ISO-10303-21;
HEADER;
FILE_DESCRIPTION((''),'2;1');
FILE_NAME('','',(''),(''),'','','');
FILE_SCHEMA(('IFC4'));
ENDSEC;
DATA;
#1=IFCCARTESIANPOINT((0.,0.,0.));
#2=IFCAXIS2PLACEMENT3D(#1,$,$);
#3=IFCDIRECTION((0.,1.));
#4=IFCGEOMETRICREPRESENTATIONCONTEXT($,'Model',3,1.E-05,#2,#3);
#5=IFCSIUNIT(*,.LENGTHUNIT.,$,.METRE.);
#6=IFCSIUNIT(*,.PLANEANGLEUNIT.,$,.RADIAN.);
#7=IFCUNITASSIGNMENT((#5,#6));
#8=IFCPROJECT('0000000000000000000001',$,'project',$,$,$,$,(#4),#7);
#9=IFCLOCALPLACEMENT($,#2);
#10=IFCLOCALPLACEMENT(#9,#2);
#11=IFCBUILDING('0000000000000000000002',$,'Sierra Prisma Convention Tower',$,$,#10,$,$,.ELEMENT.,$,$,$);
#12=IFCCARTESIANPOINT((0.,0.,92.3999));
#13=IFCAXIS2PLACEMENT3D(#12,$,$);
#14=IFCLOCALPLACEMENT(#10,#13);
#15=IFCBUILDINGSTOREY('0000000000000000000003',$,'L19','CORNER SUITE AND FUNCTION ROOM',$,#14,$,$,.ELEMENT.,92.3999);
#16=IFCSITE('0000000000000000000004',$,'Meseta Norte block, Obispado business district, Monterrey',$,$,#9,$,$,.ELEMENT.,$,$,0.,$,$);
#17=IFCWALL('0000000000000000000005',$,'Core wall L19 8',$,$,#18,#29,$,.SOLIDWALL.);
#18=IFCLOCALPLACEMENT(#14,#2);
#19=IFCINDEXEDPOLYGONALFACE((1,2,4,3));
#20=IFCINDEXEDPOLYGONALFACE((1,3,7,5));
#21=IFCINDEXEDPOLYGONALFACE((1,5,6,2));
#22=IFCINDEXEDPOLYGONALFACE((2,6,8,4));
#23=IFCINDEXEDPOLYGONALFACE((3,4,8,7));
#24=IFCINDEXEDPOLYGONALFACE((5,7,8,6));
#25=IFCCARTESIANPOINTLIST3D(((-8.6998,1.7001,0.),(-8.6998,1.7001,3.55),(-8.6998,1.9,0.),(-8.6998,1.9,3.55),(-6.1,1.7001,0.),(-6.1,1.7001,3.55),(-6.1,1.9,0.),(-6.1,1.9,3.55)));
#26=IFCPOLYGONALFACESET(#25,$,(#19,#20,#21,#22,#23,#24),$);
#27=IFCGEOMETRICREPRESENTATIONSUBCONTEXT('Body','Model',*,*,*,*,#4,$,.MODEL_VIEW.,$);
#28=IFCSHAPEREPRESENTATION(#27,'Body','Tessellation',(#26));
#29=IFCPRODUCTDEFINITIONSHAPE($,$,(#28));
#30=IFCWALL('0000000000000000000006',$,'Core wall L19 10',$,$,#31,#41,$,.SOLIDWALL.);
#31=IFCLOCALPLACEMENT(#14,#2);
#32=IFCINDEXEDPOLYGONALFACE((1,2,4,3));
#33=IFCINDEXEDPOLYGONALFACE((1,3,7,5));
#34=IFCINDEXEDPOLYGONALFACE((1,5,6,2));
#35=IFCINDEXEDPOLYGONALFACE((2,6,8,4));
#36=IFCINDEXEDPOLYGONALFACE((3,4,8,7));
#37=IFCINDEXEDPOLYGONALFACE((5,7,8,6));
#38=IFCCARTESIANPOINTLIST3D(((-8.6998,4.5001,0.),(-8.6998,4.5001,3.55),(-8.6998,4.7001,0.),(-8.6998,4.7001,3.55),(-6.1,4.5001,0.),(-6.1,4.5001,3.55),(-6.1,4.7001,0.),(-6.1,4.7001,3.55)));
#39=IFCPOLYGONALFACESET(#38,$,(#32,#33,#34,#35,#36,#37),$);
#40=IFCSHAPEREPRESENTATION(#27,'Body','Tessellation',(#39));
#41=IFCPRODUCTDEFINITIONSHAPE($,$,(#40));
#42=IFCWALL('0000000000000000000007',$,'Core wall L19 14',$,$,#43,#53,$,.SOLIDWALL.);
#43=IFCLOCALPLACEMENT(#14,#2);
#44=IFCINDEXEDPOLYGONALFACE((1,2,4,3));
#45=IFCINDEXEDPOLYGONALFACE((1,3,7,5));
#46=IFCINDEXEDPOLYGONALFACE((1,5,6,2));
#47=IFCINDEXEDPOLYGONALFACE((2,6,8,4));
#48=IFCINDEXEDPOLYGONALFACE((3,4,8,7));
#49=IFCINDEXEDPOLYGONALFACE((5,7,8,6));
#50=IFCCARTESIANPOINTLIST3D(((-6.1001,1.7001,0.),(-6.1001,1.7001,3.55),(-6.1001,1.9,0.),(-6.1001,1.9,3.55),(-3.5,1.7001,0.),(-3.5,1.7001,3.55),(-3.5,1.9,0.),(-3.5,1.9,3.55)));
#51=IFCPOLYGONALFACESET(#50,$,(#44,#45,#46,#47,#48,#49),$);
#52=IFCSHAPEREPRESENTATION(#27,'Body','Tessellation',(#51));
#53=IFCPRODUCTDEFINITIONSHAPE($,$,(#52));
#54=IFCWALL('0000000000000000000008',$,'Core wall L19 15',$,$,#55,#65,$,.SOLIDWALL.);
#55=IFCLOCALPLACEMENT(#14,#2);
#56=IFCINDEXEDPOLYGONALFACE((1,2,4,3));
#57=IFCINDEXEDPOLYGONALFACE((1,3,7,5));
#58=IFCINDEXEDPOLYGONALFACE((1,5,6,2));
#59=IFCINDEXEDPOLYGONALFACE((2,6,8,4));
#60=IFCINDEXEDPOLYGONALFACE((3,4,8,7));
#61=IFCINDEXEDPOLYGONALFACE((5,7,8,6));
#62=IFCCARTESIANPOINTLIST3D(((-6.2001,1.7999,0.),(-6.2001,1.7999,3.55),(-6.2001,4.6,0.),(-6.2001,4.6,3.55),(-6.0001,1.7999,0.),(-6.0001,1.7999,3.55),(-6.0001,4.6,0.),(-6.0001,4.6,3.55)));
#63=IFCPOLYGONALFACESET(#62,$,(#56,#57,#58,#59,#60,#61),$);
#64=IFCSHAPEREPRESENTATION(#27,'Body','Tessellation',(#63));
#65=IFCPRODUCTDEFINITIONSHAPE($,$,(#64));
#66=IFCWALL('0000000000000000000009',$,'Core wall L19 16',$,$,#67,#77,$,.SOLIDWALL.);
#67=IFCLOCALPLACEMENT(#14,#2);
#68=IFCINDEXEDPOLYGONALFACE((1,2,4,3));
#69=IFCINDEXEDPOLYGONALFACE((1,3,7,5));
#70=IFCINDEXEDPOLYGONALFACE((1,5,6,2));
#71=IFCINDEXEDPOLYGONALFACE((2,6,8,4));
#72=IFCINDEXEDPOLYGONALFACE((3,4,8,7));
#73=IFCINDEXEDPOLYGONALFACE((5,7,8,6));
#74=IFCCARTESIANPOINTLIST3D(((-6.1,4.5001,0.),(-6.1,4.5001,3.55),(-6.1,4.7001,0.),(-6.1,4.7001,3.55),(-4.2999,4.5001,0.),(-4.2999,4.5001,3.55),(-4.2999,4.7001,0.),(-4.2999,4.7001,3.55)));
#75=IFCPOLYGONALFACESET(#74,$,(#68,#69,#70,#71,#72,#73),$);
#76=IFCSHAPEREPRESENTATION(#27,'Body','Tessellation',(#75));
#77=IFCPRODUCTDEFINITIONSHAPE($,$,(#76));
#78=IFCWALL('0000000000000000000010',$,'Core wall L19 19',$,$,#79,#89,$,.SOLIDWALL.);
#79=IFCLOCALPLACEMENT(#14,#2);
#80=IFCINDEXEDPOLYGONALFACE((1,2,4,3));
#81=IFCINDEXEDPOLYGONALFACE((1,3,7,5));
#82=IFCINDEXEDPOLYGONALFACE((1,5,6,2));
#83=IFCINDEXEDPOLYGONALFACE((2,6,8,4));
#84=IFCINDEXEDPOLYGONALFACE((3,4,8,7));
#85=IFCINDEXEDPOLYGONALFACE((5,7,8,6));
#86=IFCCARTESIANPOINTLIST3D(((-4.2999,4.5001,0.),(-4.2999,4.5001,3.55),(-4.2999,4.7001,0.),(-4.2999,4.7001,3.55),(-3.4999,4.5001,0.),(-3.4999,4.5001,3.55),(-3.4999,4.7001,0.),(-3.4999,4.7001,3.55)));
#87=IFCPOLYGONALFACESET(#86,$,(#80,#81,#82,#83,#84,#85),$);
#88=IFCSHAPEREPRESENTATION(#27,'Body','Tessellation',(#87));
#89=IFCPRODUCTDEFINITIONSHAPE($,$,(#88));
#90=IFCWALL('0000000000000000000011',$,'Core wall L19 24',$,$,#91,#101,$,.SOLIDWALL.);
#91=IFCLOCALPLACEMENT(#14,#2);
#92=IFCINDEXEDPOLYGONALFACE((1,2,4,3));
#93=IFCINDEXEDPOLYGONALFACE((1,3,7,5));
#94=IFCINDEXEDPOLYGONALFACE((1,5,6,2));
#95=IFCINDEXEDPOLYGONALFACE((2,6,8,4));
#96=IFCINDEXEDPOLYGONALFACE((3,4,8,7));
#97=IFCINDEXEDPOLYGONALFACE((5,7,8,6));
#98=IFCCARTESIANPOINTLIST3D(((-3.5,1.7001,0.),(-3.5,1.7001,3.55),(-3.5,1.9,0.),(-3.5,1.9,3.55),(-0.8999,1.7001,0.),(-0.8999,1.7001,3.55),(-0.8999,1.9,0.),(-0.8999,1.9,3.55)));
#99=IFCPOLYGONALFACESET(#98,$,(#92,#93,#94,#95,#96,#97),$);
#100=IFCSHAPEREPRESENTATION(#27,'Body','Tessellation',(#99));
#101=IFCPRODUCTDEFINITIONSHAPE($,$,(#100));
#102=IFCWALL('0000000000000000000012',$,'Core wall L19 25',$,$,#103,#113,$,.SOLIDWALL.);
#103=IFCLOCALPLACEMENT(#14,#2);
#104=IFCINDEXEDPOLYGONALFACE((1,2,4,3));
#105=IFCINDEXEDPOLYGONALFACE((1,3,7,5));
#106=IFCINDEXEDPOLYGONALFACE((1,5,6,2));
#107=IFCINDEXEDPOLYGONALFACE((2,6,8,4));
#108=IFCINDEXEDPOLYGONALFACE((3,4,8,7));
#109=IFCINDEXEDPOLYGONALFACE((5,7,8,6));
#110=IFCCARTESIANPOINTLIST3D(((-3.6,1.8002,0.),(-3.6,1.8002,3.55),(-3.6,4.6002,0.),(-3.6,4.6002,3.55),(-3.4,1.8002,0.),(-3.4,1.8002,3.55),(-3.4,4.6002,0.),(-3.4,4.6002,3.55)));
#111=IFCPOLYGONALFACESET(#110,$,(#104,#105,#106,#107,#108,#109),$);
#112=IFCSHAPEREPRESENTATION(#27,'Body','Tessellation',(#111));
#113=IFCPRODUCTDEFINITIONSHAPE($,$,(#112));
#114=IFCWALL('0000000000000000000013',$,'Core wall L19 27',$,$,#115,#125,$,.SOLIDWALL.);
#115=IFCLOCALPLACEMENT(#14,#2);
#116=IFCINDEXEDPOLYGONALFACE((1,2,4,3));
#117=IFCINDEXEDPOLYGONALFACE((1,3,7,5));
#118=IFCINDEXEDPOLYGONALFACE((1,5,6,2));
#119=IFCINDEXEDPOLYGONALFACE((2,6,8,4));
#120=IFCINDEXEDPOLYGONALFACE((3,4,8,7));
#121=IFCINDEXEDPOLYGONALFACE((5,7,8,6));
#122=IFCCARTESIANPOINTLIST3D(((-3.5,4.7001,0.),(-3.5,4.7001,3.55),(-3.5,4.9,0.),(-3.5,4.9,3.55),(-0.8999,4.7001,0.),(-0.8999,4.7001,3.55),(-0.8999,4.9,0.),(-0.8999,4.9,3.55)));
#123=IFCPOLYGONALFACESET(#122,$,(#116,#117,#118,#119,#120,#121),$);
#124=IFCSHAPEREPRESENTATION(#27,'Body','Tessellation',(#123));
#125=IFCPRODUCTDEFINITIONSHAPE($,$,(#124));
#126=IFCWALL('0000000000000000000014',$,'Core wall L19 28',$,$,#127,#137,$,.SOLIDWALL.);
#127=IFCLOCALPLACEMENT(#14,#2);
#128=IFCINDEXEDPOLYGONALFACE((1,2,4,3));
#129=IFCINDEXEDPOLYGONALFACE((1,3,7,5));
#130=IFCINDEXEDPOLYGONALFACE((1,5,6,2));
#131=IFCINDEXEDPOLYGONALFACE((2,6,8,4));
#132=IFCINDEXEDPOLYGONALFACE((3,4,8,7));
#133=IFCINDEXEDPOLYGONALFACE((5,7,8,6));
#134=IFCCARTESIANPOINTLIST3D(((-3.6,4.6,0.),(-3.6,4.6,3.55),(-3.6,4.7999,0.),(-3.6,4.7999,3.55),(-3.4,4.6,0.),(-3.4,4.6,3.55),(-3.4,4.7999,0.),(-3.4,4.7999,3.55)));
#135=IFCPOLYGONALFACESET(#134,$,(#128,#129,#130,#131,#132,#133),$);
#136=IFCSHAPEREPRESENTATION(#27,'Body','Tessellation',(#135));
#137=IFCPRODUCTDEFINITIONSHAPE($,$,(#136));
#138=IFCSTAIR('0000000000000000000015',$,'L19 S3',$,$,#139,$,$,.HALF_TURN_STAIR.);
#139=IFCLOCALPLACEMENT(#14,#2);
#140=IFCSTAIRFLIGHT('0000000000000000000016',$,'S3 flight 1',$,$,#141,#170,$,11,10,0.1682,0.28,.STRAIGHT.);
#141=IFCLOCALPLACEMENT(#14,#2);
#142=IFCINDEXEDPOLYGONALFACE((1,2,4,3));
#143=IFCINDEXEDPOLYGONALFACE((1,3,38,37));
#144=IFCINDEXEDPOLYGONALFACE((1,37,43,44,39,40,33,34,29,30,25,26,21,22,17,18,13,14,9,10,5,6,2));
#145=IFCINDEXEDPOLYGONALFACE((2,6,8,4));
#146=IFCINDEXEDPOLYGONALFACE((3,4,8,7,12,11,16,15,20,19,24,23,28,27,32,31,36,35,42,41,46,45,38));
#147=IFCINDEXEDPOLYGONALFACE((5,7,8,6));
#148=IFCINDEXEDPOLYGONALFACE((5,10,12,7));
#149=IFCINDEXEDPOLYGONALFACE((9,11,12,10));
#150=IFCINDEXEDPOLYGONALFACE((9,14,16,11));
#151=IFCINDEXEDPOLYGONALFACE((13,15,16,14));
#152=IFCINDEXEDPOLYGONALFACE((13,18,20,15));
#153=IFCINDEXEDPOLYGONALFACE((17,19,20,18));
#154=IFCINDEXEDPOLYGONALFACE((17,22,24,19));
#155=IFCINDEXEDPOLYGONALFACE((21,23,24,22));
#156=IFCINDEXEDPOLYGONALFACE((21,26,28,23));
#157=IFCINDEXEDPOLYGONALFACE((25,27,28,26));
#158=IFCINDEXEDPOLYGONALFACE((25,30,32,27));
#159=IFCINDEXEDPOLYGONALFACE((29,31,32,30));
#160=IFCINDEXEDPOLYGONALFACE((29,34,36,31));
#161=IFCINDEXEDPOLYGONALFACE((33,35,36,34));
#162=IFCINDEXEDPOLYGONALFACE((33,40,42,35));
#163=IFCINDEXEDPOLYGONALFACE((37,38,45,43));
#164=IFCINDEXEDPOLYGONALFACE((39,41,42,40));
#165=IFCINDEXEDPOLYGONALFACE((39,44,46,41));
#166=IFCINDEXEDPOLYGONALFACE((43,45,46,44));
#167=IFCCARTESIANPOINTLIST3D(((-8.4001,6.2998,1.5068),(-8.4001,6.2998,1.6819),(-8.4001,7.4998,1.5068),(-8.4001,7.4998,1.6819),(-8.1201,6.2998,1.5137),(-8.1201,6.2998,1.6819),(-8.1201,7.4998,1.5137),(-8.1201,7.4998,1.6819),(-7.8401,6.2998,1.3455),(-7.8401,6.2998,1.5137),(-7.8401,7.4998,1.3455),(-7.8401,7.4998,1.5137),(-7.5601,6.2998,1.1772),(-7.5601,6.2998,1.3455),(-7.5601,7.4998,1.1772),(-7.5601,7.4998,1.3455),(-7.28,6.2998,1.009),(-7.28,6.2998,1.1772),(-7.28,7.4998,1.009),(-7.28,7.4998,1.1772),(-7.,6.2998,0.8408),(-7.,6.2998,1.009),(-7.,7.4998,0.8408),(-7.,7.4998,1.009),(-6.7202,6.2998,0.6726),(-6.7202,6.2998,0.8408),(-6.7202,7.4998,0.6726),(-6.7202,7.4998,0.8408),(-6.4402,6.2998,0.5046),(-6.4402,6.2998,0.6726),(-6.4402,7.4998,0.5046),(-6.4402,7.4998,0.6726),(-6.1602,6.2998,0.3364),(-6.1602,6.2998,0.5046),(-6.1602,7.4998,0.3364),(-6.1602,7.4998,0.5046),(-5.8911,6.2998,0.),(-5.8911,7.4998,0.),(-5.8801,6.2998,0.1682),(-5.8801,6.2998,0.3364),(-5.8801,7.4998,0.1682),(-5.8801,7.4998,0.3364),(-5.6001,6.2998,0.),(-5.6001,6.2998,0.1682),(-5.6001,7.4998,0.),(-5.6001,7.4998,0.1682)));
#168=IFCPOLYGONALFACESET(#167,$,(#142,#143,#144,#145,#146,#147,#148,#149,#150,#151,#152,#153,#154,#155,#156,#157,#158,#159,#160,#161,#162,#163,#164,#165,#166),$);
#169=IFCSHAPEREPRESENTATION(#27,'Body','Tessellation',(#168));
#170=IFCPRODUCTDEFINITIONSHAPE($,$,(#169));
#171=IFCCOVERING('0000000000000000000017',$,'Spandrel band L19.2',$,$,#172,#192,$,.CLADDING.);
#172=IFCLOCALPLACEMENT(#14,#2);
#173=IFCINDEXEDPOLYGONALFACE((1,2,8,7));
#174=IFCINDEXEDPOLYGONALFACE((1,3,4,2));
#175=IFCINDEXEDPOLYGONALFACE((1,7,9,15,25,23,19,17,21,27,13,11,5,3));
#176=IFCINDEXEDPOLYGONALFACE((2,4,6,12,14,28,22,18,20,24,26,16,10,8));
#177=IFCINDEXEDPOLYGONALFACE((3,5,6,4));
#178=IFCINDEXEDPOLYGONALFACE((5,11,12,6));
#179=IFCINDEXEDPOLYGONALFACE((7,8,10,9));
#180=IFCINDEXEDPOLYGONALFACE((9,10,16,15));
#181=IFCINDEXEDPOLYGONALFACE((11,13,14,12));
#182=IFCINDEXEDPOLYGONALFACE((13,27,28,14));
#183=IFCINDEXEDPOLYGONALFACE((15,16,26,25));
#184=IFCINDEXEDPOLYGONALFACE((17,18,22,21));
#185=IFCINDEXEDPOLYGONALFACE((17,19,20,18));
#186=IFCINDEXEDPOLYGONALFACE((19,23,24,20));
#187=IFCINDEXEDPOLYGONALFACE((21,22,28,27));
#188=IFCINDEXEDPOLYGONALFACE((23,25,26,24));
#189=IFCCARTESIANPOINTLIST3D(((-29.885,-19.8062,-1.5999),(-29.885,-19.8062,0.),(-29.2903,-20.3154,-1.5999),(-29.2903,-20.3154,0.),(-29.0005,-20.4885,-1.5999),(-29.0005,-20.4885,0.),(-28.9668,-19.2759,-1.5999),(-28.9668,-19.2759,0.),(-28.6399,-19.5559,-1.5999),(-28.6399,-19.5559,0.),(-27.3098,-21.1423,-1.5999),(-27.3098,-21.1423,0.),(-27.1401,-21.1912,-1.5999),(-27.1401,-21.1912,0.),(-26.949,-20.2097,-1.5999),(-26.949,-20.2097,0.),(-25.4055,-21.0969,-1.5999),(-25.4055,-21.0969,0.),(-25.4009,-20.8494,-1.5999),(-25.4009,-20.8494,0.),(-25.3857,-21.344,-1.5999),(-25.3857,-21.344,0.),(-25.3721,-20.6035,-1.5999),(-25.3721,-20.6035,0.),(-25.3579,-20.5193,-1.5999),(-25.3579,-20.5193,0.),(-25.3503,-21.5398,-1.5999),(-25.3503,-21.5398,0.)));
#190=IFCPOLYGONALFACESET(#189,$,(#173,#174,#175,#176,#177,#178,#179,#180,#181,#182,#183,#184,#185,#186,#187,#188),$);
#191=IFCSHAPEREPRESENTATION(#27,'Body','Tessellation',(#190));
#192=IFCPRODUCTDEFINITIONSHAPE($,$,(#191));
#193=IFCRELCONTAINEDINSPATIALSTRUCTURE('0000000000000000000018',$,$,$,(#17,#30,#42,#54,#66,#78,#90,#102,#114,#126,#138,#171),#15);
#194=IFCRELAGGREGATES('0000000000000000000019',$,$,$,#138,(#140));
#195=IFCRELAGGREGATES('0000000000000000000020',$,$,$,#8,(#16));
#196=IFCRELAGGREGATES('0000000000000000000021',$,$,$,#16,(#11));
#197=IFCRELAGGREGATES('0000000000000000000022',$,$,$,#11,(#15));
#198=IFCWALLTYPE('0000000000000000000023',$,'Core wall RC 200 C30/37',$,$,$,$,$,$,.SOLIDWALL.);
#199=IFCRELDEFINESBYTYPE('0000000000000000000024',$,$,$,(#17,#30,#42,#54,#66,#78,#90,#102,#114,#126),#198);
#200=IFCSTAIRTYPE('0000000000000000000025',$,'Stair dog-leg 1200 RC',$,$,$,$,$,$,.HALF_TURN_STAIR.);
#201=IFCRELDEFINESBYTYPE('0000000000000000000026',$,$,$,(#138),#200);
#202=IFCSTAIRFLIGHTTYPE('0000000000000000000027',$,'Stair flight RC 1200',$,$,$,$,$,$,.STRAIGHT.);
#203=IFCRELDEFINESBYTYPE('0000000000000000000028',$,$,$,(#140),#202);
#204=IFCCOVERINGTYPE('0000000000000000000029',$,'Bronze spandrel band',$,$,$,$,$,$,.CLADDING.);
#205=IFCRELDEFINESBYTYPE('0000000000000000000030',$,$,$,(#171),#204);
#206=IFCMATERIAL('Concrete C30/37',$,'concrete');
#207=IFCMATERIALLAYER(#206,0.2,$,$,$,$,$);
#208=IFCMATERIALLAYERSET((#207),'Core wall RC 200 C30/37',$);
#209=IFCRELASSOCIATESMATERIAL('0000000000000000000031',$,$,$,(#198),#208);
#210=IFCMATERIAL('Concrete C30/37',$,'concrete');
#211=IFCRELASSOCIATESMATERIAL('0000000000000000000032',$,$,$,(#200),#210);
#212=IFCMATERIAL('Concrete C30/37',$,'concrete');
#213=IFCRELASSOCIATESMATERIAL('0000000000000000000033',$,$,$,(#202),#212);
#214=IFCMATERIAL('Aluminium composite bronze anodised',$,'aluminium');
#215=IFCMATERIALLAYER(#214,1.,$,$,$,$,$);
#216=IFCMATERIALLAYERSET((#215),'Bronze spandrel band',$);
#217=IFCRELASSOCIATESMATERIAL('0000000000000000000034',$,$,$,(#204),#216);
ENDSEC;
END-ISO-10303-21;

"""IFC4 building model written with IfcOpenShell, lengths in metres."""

from ifc_helpers import new_model, si_unit, direction, frame, frame_2d, origin, place, context, subcontext, project, spatial, polyline, rectangle, outline, extrude, material, layer, layer_set, type_object, element, aggregate, save


model = new_model("IFC4")

# Units and contexts
model_context = context("Model", 3, precision=1e-05, world=origin(), true_north=direction((0.0, 1.0)))
body_context = subcontext(model_context, "Body", "Model", "MODEL_VIEW")
ifc_project = project(units=[si_unit("LENGTHUNIT", "METRE"), si_unit("PLANEANGLEUNIT", "RADIAN")], contexts=[model_context])

# Site, building, storey
site_placement = place(None, origin())
site = spatial("IfcSite", under=ifc_project, at=site_placement, Name="Meseta Norte block, Obispado business district, Monterrey", CompositionType="ELEMENT", RefElevation=0.0)
building_placement = place(site_placement, origin())
building = spatial("IfcBuilding", under=site, at=building_placement, Name="Sierra Prisma Convention Tower", CompositionType="ELEMENT")
storey_placement = place(building_placement, frame((0.0, 0.0, 92.3999)))
storey = spatial("IfcBuildingStorey", under=building, at=storey_placement, Name="L19", Description="CORNER SUITE AND FUNCTION ROOM", CompositionType="ELEMENT", Elevation=92.3999)

# Walls
ifc_material_1 = material(Name="Concrete C30/37", Category="concrete")
ifc_layer_1 = layer(ifc_material_1, 0.2)
ifc_layer_set_1 = layer_set([ifc_layer_1], Name="Core wall RC 200 C30/37")
wall_type = type_object("IfcWallType", Name="Core wall RC 200 C30/37", PredefinedType="SOLIDWALL", material=ifc_layer_set_1)
for number, where, z_axis, x_axis, name in (
    (1, (-6.1001, 1.8, 0.0), (0.0, 0.0, 1.0), (-1.0, 0.0, 0.0), "Core wall L19 8"),
    (2, (-6.1001, 4.6001, 0.0), (0.0, 0.0, 1.0), (-1.0, 0.0, 0.0), "Core wall L19 10"),
):
    element("IfcWall", number, at=place(storey_placement, frame(where, z_axis=z_axis, x_axis=x_axis)), inside=storey, type_object=wall_type, Name=name, PredefinedType="SOLIDWALL", context=body_context, shape_type="SweptSolid", body=[
        extrude(rectangle(XDim=2.5999, YDim=0.2, at=frame_2d((1.2998, 0.0))), origin(), (0.0, 0.0, 1.0), 3.55),
    ])

# Walls
wall_1_placement = place(storey_placement, frame((-3.5, 1.8, 0.0), z_axis=(0.0, 0.0, 1.0), x_axis=(-1.0, 0.0, 0.0)))
element("IfcWall", 3, at=wall_1_placement, inside=storey, type_object=wall_type, Name="Core wall L19 14", PredefinedType="SOLIDWALL", context=body_context, shape_type="SweptSolid", body=[
    extrude(rectangle(XDim=2.6001, YDim=0.2, at=frame_2d((1.3, 0.0))), origin(), (0.0, 0.0, 1.0), 3.55),
])
wall_2_placement = place(storey_placement, frame((-6.1001, 1.8, 0.0), z_axis=(0.0, 0.0, 1.0), x_axis=(0.0, 1.0, 0.0)))
element("IfcWall", 4, at=wall_2_placement, inside=storey, type_object=wall_type, Name="Core wall L19 15", PredefinedType="SOLIDWALL", context=body_context, shape_type="SweptSolid", body=[
    extrude(rectangle(XDim=2.8, YDim=0.2, at=frame_2d((1.3999, 0.0))), origin(), (0.0, 0.0, 1.0), 3.55),
])
wall_3_placement = place(storey_placement, frame((-4.3, 4.6001, 0.0), z_axis=(0.0, 0.0, 1.0), x_axis=(-1.0, 0.0, 0.0)))
element("IfcWall", 5, at=wall_3_placement, inside=storey, type_object=wall_type, Name="Core wall L19 16", PredefinedType="SOLIDWALL", context=body_context, shape_type="SweptSolid", body=[
    extrude(rectangle(XDim=1.8, YDim=0.2, at=frame_2d((0.8999, 0.0))), origin(), (0.0, 0.0, 1.0), 3.55),
])
wall_4_placement = place(storey_placement, frame((-3.5, 4.6001, 0.0), z_axis=(0.0, 0.0, 1.0), x_axis=(-1.0, 0.0, 0.0)))
element("IfcWall", 6, at=wall_4_placement, inside=storey, type_object=wall_type, Name="Core wall L19 19", PredefinedType="SOLIDWALL", context=body_context, shape_type="SweptSolid", body=[
    extrude(rectangle(XDim=0.8, YDim=0.2, at=frame_2d((0.3999, 0.0))), origin(), (0.0, 0.0, 1.0), 3.55),
])

# Walls
wall_5_placement = place(storey_placement, frame((-0.8999, 1.8, 0.0), z_axis=(0.0, 0.0, 1.0), x_axis=(-1.0, 0.0, 0.0)))
element("IfcWall", 7, at=wall_5_placement, inside=storey, type_object=wall_type, Name="Core wall L19 24", PredefinedType="SOLIDWALL", context=body_context, shape_type="SweptSolid", body=[
    extrude(rectangle(XDim=2.6001, YDim=0.2, at=frame_2d((1.3, 0.0))), origin(), (0.0, 0.0, 1.0), 3.55),
])
wall_6_placement = place(storey_placement, frame((-3.5, 4.6001, 0.0), z_axis=(0.0, 0.0, 1.0), x_axis=(0.0, -1.0, 0.0)))
element("IfcWall", 8, at=wall_6_placement, inside=storey, type_object=wall_type, Name="Core wall L19 25", PredefinedType="SOLIDWALL", context=body_context, shape_type="SweptSolid", body=[
    extrude(rectangle(XDim=2.8, YDim=0.2, at=frame_2d((1.3999, 0.0))), origin(), (0.0, 0.0, 1.0), 3.55),
])

# Walls
wall_7_placement = place(storey_placement, frame((-0.8999, 4.8, 0.0), z_axis=(0.0, 0.0, 1.0), x_axis=(-1.0, 0.0, 0.0)))
element("IfcWall", 9, at=wall_7_placement, inside=storey, type_object=wall_type, Name="Core wall L19 27", PredefinedType="SOLIDWALL", context=body_context, shape_type="SweptSolid", body=[
    extrude(rectangle(XDim=2.6001, YDim=0.2, at=frame_2d((1.3, 0.0))), origin(), (0.0, 0.0, 1.0), 3.55),
])
wall_8_placement = place(storey_placement, frame((-3.5, 4.8, 0.0), z_axis=(0.0, 0.0, 1.0), x_axis=(0.0, -1.0, 0.0)))
element("IfcWall", 10, at=wall_8_placement, inside=storey, type_object=wall_type, Name="Core wall L19 28", PredefinedType="SOLIDWALL", context=body_context, shape_type="SweptSolid", body=[
    extrude(rectangle(XDim=0.2, YDim=0.2, at=frame_2d((0.1001, 0.0))), origin(), (0.0, 0.0, 1.0), 3.55),
])

# Stair, stair flight
ifc_material_2 = material(Name="Concrete C30/37", Category="concrete")
stair_type = type_object("IfcStairType", Name="Stair dog-leg 1200 RC", PredefinedType="HALF_TURN_STAIR", material=ifc_material_2)
stair_placement = place(storey_placement, origin())
stair = element("IfcStair", 11, at=stair_placement, inside=storey, type_object=stair_type, Name="L19 S3", PredefinedType="HALF_TURN_STAIR")
ifc_material_3 = material(Name="Concrete C30/37", Category="concrete")
stair_flight_type = type_object("IfcStairFlightType", Name="Stair flight RC 1200", PredefinedType="STRAIGHT", material=ifc_material_3)
stair_flight_placement = place(storey_placement, frame((-5.6001, 6.8999, 0.0), z_axis=(0.0, 0.0, 1.0), x_axis=(-1.0, 0.0, 0.0)))
stair_flight = element("IfcStairFlight", 12, at=stair_flight_placement, type_object=stair_flight_type, Name="S3 flight 1", NumberOfRisers=11, NumberOfTreads=10, PredefinedType="STRAIGHT", RiserHeight=0.1682, TreadLength=0.28, context=body_context, shape_type="SweptSolid", body=[
    extrude(outline(polyline([(0.0, 0.0), (0.0, 0.1682), (0.28, 0.1682), (0.28, 0.3364), (0.5601, 0.3364), (0.5601, 0.5046), (0.8401, 0.5046), (0.8401, 0.6726), (1.1201, 0.6726), (1.1201, 0.8408), (1.3999, 0.8408), (1.3999, 1.009), (1.6799, 1.009), (1.6799, 1.1772), (1.96, 1.1772), (1.96, 1.3455), (2.24, 1.3455), (2.24, 1.5137), (2.52, 1.5137), (2.52, 1.6819), (2.8, 1.6819), (2.8, 1.8501), (2.8, 1.5068), (0.291, 0.0), (0.0, 0.0)])), frame((0.0, 0.6001, 0.0), z_axis=(0.0, -1.0, 0.0), x_axis=(1.0, 0.0, 0.0)), (0.0, 0.0, 1.0), 1.2),
])
aggregate(stair, [stair_flight])

# Covering
ifc_material_4 = material(Name="Aluminium composite bronze anodised", Category="aluminium")
ifc_layer_2 = layer(ifc_material_4, 1.0)
ifc_layer_set_2 = layer_set([ifc_layer_2], Name="Bronze spandrel band")
covering_type = type_object("IfcCoveringType", Name="Bronze spandrel band", PredefinedType="CLADDING", material=ifc_layer_set_2)
covering_1_placement = place(storey_placement, frame((0.0, 0.0, -1.5999)))
element("IfcCovering", 13, at=covering_1_placement, inside=storey, type_object=covering_type, Name="Spandrel band L19.2", PredefinedType="CLADDING", context=body_context, shape_type="SweptSolid", body=[
    extrude(outline(polyline([(-29.2903, -20.3154), (-29.885, -19.8062), (-28.9668, -19.2759), (-28.6399, -19.5559), (-26.949, -20.2097), (-25.3579, -20.5193), (-25.3721, -20.6035), (-25.4009, -20.8494), (-25.4055, -21.0969), (-25.3857, -21.344), (-25.3503, -21.5398), (-27.1401, -21.1912), (-27.3098, -21.1423), (-29.0005, -20.4885), (-29.2903, -20.3154)])), origin(), (0.0, 0.0, 1.0), 1.5999),
])

save(model, "model.ifc")
